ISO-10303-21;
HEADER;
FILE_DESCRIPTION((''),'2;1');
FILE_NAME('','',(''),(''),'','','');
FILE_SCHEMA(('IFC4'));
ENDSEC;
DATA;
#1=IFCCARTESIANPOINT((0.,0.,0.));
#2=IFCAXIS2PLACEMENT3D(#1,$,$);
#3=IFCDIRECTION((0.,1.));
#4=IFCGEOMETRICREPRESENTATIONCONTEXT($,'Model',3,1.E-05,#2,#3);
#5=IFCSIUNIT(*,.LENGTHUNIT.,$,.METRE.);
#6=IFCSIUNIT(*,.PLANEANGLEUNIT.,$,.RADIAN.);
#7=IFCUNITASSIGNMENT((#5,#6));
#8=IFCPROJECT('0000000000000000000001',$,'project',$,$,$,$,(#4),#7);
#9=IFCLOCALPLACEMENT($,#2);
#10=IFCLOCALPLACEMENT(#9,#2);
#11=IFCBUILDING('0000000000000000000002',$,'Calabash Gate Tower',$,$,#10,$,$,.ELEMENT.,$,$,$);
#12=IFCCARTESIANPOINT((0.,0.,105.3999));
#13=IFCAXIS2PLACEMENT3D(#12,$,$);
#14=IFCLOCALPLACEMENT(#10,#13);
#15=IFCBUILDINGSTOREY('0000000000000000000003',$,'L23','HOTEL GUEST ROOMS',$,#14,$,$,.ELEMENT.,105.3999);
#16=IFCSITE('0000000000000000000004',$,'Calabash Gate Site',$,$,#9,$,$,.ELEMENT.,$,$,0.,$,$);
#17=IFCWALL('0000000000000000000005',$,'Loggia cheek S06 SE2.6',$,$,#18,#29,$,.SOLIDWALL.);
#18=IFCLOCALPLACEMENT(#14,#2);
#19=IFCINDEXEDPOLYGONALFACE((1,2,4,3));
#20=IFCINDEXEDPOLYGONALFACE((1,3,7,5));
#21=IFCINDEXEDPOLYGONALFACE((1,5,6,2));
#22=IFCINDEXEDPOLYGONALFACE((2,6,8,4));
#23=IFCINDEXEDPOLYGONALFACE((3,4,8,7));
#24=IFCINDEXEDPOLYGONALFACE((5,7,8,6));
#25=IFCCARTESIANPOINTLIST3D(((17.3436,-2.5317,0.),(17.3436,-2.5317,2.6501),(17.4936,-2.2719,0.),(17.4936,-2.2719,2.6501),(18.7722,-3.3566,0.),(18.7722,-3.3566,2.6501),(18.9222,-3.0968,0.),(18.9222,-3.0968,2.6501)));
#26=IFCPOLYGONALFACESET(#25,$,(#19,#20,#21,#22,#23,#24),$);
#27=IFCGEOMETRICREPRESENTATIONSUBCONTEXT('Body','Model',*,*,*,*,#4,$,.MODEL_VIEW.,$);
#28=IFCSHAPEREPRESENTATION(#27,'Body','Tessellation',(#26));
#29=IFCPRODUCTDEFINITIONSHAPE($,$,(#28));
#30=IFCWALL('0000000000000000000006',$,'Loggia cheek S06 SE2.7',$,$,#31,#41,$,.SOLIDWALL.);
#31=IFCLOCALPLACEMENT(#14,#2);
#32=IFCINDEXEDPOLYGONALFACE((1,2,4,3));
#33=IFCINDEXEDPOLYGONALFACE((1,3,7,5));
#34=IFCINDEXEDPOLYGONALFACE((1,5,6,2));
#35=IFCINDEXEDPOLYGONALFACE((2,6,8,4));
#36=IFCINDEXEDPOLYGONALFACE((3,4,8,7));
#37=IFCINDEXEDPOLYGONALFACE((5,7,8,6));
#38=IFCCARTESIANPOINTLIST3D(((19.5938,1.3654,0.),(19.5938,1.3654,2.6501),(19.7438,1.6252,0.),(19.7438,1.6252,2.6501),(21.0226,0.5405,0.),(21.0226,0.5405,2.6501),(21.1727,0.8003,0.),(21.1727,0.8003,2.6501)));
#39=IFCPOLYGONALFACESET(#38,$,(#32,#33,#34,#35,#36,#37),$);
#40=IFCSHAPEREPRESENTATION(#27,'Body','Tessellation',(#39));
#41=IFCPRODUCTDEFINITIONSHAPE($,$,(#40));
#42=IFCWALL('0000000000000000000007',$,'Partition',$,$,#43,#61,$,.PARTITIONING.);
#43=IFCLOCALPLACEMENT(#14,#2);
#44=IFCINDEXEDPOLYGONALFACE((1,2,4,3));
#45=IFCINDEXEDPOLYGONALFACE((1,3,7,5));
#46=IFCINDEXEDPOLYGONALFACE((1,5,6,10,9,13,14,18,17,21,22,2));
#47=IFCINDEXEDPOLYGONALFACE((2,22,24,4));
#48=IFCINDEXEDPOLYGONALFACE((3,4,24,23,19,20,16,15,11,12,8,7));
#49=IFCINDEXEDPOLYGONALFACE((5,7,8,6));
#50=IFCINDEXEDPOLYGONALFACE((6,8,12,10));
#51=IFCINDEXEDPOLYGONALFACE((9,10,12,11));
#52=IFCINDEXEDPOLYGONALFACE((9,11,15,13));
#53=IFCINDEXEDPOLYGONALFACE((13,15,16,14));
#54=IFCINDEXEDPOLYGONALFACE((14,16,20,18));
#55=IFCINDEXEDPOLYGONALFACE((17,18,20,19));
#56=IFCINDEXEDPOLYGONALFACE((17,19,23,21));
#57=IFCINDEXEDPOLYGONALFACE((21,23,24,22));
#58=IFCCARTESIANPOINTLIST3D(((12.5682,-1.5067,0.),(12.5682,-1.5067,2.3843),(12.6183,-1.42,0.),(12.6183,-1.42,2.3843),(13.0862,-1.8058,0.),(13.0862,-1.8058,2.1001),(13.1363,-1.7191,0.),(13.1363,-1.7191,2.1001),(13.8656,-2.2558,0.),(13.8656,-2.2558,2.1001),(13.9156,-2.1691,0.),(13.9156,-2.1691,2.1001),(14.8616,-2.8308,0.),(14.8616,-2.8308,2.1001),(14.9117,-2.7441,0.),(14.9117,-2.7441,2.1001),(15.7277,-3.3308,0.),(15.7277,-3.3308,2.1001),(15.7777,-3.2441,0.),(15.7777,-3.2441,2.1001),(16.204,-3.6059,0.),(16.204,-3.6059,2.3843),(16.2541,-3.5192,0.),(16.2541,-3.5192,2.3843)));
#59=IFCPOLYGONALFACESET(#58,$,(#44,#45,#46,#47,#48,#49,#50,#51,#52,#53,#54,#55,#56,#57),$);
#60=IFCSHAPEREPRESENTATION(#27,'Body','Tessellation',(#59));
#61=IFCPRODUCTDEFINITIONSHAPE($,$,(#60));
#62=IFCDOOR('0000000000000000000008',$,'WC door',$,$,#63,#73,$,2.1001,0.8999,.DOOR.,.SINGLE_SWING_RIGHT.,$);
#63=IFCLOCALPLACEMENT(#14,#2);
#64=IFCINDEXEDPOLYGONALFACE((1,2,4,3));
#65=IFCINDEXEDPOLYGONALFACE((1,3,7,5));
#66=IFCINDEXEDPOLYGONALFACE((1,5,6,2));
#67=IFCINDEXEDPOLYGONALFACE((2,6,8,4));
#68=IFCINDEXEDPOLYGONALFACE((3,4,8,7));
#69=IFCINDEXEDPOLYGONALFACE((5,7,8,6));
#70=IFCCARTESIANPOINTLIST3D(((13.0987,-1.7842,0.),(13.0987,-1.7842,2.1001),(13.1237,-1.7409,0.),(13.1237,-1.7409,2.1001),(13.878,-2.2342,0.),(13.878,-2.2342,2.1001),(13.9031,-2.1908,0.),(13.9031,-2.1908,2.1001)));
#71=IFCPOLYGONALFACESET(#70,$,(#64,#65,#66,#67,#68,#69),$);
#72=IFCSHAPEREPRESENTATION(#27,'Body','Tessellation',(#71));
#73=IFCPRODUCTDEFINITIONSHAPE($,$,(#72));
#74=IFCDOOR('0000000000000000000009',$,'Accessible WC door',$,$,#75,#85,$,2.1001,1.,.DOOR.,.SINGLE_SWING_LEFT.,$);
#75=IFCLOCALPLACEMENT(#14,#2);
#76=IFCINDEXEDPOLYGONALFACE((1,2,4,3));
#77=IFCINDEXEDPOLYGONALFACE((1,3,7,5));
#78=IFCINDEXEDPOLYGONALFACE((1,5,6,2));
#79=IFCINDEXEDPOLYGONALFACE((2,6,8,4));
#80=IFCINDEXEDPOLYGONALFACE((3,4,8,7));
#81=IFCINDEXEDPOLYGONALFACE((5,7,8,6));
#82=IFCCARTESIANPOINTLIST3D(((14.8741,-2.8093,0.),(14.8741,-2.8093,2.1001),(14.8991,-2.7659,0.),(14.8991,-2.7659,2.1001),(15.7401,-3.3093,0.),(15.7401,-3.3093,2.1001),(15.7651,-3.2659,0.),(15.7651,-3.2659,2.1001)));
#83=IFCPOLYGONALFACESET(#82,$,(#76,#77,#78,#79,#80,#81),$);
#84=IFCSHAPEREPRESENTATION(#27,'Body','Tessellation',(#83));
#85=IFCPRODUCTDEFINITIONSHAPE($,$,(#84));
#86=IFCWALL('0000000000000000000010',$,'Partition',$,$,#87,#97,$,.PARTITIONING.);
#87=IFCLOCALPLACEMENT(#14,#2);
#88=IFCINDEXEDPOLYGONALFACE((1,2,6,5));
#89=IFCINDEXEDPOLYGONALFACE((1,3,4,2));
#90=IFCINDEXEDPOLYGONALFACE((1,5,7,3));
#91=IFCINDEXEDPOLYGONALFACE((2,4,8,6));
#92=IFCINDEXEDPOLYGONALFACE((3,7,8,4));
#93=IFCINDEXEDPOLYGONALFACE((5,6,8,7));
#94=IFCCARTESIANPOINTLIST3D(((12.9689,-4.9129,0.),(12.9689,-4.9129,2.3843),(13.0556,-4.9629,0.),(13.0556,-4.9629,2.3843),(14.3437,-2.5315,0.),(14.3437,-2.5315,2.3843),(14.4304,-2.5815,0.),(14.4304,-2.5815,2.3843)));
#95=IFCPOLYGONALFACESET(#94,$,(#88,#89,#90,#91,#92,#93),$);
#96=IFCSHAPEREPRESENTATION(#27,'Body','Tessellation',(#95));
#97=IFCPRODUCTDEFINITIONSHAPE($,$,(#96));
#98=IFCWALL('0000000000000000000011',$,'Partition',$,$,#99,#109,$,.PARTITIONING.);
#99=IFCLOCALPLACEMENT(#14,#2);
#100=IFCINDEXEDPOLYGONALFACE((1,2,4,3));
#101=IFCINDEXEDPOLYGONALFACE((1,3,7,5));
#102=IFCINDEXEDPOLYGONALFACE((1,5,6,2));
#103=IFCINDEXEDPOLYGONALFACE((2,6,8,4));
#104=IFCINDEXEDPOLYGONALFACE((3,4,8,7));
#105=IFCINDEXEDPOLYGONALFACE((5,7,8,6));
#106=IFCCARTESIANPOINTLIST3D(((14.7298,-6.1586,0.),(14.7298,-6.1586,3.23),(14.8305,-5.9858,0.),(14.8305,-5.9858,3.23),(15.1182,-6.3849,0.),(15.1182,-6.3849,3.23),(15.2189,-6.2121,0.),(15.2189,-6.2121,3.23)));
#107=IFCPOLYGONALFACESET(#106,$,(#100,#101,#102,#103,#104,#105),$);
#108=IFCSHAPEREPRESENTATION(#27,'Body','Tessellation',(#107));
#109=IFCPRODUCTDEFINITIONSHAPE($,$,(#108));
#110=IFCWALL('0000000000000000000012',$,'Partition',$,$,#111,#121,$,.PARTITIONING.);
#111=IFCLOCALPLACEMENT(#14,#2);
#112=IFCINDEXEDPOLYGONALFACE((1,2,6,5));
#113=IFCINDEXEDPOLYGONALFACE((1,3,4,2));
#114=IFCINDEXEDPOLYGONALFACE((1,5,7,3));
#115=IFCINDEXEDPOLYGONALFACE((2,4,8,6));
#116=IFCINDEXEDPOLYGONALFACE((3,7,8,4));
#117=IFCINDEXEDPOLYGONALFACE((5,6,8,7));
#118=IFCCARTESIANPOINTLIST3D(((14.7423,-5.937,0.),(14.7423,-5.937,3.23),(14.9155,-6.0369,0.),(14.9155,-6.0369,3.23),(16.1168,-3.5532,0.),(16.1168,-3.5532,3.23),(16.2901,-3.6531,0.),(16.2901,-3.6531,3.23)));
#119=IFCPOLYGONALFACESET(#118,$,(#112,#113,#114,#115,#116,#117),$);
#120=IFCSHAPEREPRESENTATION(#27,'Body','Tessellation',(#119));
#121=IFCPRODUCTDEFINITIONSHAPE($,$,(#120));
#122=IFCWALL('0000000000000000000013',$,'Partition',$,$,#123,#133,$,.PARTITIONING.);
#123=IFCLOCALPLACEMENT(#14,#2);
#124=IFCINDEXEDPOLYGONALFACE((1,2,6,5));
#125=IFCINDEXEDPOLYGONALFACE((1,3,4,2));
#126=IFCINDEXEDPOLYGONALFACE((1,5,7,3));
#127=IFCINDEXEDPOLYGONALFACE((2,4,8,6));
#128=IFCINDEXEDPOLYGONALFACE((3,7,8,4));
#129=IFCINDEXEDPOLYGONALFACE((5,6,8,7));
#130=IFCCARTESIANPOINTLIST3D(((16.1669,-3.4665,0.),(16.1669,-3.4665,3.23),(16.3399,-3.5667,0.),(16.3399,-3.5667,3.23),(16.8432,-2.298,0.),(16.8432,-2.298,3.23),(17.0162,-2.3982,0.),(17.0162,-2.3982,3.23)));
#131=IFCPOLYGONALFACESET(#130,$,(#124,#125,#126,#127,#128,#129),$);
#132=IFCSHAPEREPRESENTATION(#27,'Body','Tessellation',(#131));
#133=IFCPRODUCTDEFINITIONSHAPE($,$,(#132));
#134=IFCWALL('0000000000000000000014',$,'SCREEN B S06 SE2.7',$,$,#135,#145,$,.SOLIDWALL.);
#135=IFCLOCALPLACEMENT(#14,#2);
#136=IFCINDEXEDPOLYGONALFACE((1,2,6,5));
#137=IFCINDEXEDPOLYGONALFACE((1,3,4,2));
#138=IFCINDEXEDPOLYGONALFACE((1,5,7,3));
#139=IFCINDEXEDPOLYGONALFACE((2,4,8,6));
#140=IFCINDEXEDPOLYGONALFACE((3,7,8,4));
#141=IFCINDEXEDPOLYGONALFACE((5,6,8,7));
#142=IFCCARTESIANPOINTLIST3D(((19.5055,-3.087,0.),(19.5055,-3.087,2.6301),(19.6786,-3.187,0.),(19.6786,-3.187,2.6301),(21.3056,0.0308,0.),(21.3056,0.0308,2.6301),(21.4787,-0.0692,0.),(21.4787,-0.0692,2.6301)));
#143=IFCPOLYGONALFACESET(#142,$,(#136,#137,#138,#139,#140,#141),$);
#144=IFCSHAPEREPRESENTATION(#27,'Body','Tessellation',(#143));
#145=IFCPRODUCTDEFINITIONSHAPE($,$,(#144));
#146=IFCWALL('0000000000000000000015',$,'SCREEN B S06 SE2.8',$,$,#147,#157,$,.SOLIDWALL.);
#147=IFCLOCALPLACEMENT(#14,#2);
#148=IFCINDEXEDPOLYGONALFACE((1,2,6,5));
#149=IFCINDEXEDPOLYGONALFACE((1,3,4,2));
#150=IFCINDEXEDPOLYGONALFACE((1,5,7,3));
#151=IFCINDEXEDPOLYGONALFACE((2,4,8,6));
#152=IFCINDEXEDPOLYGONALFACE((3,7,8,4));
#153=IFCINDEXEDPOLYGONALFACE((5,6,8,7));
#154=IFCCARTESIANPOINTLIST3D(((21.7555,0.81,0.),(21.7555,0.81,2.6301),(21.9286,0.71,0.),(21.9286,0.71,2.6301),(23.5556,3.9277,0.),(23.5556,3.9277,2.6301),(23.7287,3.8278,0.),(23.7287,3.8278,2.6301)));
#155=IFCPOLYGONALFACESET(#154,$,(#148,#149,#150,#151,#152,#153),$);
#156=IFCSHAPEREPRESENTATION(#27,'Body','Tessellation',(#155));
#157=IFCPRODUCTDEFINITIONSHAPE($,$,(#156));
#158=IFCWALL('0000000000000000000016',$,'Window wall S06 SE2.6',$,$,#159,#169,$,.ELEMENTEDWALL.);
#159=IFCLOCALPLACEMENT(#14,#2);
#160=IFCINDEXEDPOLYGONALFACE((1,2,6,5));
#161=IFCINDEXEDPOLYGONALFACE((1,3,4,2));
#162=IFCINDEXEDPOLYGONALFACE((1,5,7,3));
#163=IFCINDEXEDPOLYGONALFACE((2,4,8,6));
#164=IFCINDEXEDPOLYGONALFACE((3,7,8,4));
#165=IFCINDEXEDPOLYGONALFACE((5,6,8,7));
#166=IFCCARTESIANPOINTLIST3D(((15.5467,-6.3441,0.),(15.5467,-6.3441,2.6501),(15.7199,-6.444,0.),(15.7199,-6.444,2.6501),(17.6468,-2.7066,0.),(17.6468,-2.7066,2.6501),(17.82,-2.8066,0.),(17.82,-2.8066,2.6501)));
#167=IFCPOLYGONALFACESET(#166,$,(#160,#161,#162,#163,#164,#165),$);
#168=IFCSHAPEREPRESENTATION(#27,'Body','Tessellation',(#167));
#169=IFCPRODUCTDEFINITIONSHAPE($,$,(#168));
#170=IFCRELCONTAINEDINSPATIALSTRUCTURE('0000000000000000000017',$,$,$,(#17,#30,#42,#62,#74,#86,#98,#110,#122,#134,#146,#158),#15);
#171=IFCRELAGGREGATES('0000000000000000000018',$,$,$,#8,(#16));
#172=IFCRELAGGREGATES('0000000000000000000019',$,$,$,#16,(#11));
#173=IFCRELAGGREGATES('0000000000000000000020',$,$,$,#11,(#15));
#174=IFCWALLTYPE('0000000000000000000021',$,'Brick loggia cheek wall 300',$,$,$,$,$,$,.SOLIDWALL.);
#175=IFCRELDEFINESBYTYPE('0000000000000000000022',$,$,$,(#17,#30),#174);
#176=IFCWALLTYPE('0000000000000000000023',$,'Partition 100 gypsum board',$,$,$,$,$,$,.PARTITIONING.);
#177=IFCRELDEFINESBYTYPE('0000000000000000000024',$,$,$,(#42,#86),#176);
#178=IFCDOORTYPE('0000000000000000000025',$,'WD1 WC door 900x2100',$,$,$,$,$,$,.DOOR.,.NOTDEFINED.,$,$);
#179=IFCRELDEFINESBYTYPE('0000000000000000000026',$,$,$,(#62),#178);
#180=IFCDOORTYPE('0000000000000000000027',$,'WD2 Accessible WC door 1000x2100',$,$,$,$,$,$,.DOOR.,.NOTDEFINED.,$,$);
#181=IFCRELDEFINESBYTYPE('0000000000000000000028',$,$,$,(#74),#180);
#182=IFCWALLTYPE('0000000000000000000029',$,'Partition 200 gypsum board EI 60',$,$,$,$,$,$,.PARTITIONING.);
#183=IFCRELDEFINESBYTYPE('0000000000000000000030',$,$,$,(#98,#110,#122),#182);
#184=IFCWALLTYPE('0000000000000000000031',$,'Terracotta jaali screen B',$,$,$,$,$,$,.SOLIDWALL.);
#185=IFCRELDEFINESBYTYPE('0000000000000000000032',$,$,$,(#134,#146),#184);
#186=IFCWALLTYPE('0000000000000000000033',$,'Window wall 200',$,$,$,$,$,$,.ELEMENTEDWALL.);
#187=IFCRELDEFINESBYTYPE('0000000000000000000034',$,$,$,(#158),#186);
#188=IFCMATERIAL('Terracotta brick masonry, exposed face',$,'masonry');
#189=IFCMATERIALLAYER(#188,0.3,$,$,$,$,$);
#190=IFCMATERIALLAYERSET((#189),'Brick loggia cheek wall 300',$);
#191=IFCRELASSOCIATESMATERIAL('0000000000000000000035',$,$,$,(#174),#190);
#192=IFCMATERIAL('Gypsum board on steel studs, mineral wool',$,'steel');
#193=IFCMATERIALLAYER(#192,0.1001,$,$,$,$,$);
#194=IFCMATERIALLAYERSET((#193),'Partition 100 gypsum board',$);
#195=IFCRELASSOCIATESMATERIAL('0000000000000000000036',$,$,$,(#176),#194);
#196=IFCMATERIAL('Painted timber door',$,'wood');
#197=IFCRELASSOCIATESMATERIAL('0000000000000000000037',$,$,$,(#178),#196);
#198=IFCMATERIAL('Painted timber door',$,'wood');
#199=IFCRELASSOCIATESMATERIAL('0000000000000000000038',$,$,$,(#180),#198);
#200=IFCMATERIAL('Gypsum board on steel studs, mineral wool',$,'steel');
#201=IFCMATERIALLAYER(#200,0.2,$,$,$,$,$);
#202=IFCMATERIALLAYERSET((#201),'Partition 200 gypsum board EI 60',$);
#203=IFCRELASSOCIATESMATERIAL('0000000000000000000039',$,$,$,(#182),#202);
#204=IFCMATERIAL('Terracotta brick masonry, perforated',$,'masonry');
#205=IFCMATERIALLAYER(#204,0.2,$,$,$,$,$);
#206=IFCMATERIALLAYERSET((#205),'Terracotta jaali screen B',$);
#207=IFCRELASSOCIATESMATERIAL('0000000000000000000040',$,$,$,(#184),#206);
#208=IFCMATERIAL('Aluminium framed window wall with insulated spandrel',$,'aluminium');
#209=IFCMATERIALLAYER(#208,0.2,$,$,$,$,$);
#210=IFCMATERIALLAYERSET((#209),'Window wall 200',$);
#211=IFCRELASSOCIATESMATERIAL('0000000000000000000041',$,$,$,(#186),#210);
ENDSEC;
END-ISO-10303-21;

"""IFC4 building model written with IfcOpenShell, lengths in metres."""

from ifc_helpers import new_model, si_unit, direction, frame, frame_2d, origin, place, context, subcontext, project, spatial, rectangle, extrude, material, layer, layer_set, type_object, element, fill, save


model = new_model("IFC4")

# Units and contexts
model_context = context("Model", 3, precision=1e-05, world=origin(), true_north=direction((0.0, 1.0)))
body_context = subcontext(model_context, "Body", "Model", "MODEL_VIEW")
ifc_project = project(units=[si_unit("LENGTHUNIT", "METRE"), si_unit("PLANEANGLEUNIT", "RADIAN")], contexts=[model_context])

# Site, building, storey
site_placement = place(None, origin())
site = spatial("IfcSite", under=ifc_project, at=site_placement, Name="Calabash Gate Site", CompositionType="ELEMENT", RefElevation=0.0)
building_placement = place(site_placement, origin())
building = spatial("IfcBuilding", under=site, at=building_placement, Name="Calabash Gate Tower", CompositionType="ELEMENT")
storey_placement = place(building_placement, frame((0.0, 0.0, 105.3999)))
storey = spatial("IfcBuildingStorey", under=building, at=storey_placement, Name="L23", Description="HOTEL GUEST ROOMS", CompositionType="ELEMENT", Elevation=105.3999)

# Walls
ifc_material_1 = material(Name="Terracotta brick masonry, exposed face", Category="masonry")
ifc_layer_1 = layer(ifc_material_1, 0.3)
ifc_layer_set_1 = layer_set([ifc_layer_1], Name="Brick loggia cheek wall 300")
wall_type_1 = type_object("IfcWallType", Name="Brick loggia cheek wall 300", PredefinedType="SOLIDWALL", material=ifc_layer_set_1)
wall_1_placement = place(storey_placement, frame((17.4187, -2.4019, 0.0), z_axis=(0.0, 0.0, 1.0), x_axis=(0.866003, -0.500038, 0.0)))
element("IfcWall", 1, at=wall_1_placement, inside=storey, type_object=wall_type_1, Name="Loggia cheek S06 SE2.6", PredefinedType="SOLIDWALL", context=body_context, shape_type="SweptSolid", body=[
    extrude(rectangle(XDim=1.6497, YDim=0.3, at=frame_2d((0.8247, 0.0))), origin(), (0.0, 0.0, 1.0), 2.6501),
])
wall_2_placement = place(storey_placement, frame((21.0977, 0.6704, 0.0), z_axis=(0.0, 0.0, 1.0), x_axis=(-0.86604, 0.499974, 0.0)))
element("IfcWall", 2, at=wall_2_placement, inside=storey, type_object=wall_type_1, Name="Loggia cheek S06 SE2.7", PredefinedType="SOLIDWALL", context=body_context, shape_type="SweptSolid", body=[
    extrude(rectangle(XDim=1.6499, YDim=0.3, at=frame_2d((0.825, 0.0))), origin(), (0.0, 0.0, 1.0), 2.6501),
])

# Wall, openings, doors
ifc_material_2 = material(Name="Gypsum board on steel studs, mineral wool", Category="steel")
ifc_layer_2 = layer(ifc_material_2, 0.1001)
ifc_layer_set_2 = layer_set([ifc_layer_2], Name="Partition 100 gypsum board")
wall_type_2 = type_object("IfcWallType", Name="Partition 100 gypsum board", PredefinedType="PARTITIONING", material=ifc_layer_set_2)
wall_3_placement = place(storey_placement, frame((12.5933, -1.4634, 0.0), z_axis=(0.0, 0.0, 1.0), x_axis=(0.866023, -0.500004, 0.0)))
wall_3 = element("IfcWall", 3, at=wall_3_placement, inside=storey, type_object=wall_type_2, Name="Partition", PredefinedType="PARTITIONING", context=body_context, shape_type="SweptSolid", body=[
    extrude(rectangle(XDim=4.1982, YDim=0.1001, at=frame_2d((2.0991, 0.0))), origin(), (0.0, 0.0, 1.0), 2.3843),
])
opening_1_placement = place(wall_3_placement, frame((0.5981, 0.0, 0.0)))
opening_1 = element("IfcOpeningElement", 4, at=opening_1_placement, cuts=wall_3, PredefinedType="OPENING", context=body_context, shape_type="SweptSolid", body=[
    extrude(rectangle(XDim=0.8999, YDim=2.1001, at=frame_2d((0.45, 1.05))), frame((0.0, 0.0601, 0.0), z_axis=(0.0, -1.0, 0.0), x_axis=(1.0, 0.0, 0.0)), (0.0, 0.0, 1.0), 0.1201),
])
opening_2_placement = place(wall_3_placement, frame((2.6482, 0.0, 0.0)))
opening_2 = element("IfcOpeningElement", 5, at=opening_2_placement, cuts=wall_3, PredefinedType="OPENING", context=body_context, shape_type="SweptSolid", body=[
    extrude(rectangle(XDim=1.0, YDim=2.1001, at=frame_2d((0.5, 1.05))), frame((0.0, 0.0601, 0.0), z_axis=(0.0, -1.0, 0.0), x_axis=(1.0, 0.0, 0.0)), (0.0, 0.0, 1.0), 0.1201),
])
ifc_material_3 = material(Name="Painted timber door", Category="wood")
door_type_1 = type_object("IfcDoorType", Name="WD1 WC door 900x2100", OperationType="NOTDEFINED", PredefinedType="DOOR", material=ifc_material_3)
door_1_placement = place(opening_1_placement, origin())
door_1 = element("IfcDoor", 6, at=door_1_placement, inside=storey, type_object=door_type_1, Name="WC door", OperationType="SINGLE_SWING_RIGHT", OverallHeight=2.1001, OverallWidth=0.8999, PredefinedType="DOOR", context=body_context, shape_type="SweptSolid", body=[
    extrude(rectangle(XDim=0.8999, YDim=2.1001, at=frame_2d((0.45, 1.05))), frame((0.0, 0.0249, 0.0), z_axis=(0.0, -1.0, 0.0), x_axis=(1.0, 0.0, 0.0)), (0.0, 0.0, 1.0), 0.05),
])
fill(opening_1, door_1)
ifc_material_4 = material(Name="Painted timber door", Category="wood")
door_type_2 = type_object("IfcDoorType", Name="WD2 Accessible WC door 1000x2100", OperationType="NOTDEFINED", PredefinedType="DOOR", material=ifc_material_4)
door_2_placement = place(opening_2_placement, origin())
door_2 = element("IfcDoor", 7, at=door_2_placement, inside=storey, type_object=door_type_2, Name="Accessible WC door", OperationType="SINGLE_SWING_LEFT", OverallHeight=2.1001, OverallWidth=1.0, PredefinedType="DOOR", context=body_context, shape_type="SweptSolid", body=[
    extrude(rectangle(XDim=1.0, YDim=2.1001, at=frame_2d((0.5, 1.05))), frame((0.0, 0.0249, 0.0), z_axis=(0.0, -1.0, 0.0), x_axis=(1.0, 0.0, 0.0)), (0.0, 0.0, 1.0), 0.05),
])
fill(opening_2, door_2)

# Walls
wall_4_placement = place(storey_placement, frame((13.0122, -4.938, 0.0), z_axis=(0.0, 0.0, 1.0), x_axis=(0.499968, 0.866044, 0.0)))
element("IfcWall", 8, at=wall_4_placement, inside=storey, type_object=wall_type_2, Name="Partition", PredefinedType="PARTITIONING", context=body_context, shape_type="SweptSolid", body=[
    extrude(rectangle(XDim=2.7498, YDim=0.1001, at=frame_2d((1.375, 0.0))), origin(), (0.0, 0.0, 1.0), 2.3843),
])
ifc_material_5 = material(Name="Gypsum board on steel studs, mineral wool", Category="steel")
ifc_layer_3 = layer(ifc_material_5, 0.2)
ifc_layer_set_3 = layer_set([ifc_layer_3], Name="Partition 200 gypsum board EI 60")
wall_type_3 = type_object("IfcWallType", Name="Partition 200 gypsum board EI 60", PredefinedType="PARTITIONING", material=ifc_layer_set_3)
wall_5_placement = place(storey_placement, frame((14.7803, -6.0723, 0.0), z_axis=(0.0, 0.0, 1.0), x_axis=(0.864035, -0.503432, 0.0)))
element("IfcWall", 9, at=wall_5_placement, inside=storey, type_object=wall_type_3, Name="Partition", PredefinedType="PARTITIONING", context=body_context, shape_type="SweptSolid", body=[
    extrude(rectangle(XDim=0.4495, YDim=0.2, at=frame_2d((0.2246, 0.0))), origin(), (0.0, 0.0, 1.0), 3.23),
])
wall_6_placement = place(storey_placement, frame((14.8289, -5.9871, 0.0), z_axis=(0.0, 0.0, 1.0), x_axis=(0.499518, 0.866304, 0.0)))
element("IfcWall", 10, at=wall_6_placement, inside=storey, type_object=wall_type_3, Name="Partition", PredefinedType="PARTITIONING", context=body_context, shape_type="SweptSolid", body=[
    extrude(rectangle(XDim=2.7517, YDim=0.2, at=frame_2d((1.376, 0.0))), origin(), (0.0, 0.0, 1.0), 3.23),
])
wall_7_placement = place(storey_placement, frame((16.2534, -3.5166, 0.0), z_axis=(0.0, 0.0, 1.0), x_axis=(0.500922, 0.865492, 0.0)))
element("IfcWall", 11, at=wall_7_placement, inside=storey, type_object=wall_type_3, Name="Partition", PredefinedType="PARTITIONING", context=body_context, shape_type="SweptSolid", body=[
    extrude(rectangle(XDim=1.3501, YDim=0.2, at=frame_2d((0.675, 0.0))), origin(), (0.0, 0.0, 1.0), 3.23),
])
ifc_material_6 = material(Name="Terracotta brick masonry, perforated", Category="masonry")
ifc_layer_4 = layer(ifc_material_6, 0.2)
ifc_layer_set_4 = layer_set([ifc_layer_4], Name="Terracotta jaali screen B")
wall_type_4 = type_object("IfcWallType", Name="Terracotta jaali screen B", PredefinedType="SOLIDWALL", material=ifc_layer_set_4)
for number, where, z_axis, x_axis, name in (
    (12, (19.592, -3.137, 0.0), (0.0, 0.0, 1.0), (0.500012, 0.866018, 0.0), "SCREEN B S06 SE2.7"),
    (13, (21.842, 0.76, 0.0), (0.0, 0.0, 1.0), (0.500012, 0.866018, 0.0), "SCREEN B S06 SE2.8"),
):
    element("IfcWall", number, at=place(storey_placement, frame(where, z_axis=z_axis, x_axis=x_axis)), inside=storey, type_object=wall_type_4, Name=name, PredefinedType="SOLIDWALL", context=body_context, shape_type="SweptSolid", body=[
        extrude(rectangle(XDim=3.6001, YDim=0.2, at=frame_2d((1.8, 0.0))), origin(), (0.0, 0.0, 1.0), 2.6301),
    ])
ifc_material_7 = material(Name="Aluminium framed window wall with insulated spandrel", Category="aluminium")
ifc_layer_5 = layer(ifc_material_7, 0.2)
ifc_layer_set_5 = layer_set([ifc_layer_5], Name="Window wall 200")
wall_type_5 = type_object("IfcWallType", Name="Window wall 200", PredefinedType="ELEMENTEDWALL", material=ifc_layer_set_5)
wall_8_placement = place(storey_placement, frame((15.6333, -6.394, 0.0), z_axis=(0.0, 0.0, 1.0), x_axis=(0.500003, 0.866024, 0.0)))
element("IfcWall", 14, at=wall_8_placement, inside=storey, type_object=wall_type_5, Name="Window wall S06 SE2.6", PredefinedType="ELEMENTEDWALL", context=body_context, shape_type="SweptSolid", body=[
    extrude(rectangle(XDim=4.2002, YDim=0.2, at=frame_2d((2.1001, 0.0))), origin(), (0.0, 0.0, 1.0), 2.6501),
])

save(model, "model.ifc")
